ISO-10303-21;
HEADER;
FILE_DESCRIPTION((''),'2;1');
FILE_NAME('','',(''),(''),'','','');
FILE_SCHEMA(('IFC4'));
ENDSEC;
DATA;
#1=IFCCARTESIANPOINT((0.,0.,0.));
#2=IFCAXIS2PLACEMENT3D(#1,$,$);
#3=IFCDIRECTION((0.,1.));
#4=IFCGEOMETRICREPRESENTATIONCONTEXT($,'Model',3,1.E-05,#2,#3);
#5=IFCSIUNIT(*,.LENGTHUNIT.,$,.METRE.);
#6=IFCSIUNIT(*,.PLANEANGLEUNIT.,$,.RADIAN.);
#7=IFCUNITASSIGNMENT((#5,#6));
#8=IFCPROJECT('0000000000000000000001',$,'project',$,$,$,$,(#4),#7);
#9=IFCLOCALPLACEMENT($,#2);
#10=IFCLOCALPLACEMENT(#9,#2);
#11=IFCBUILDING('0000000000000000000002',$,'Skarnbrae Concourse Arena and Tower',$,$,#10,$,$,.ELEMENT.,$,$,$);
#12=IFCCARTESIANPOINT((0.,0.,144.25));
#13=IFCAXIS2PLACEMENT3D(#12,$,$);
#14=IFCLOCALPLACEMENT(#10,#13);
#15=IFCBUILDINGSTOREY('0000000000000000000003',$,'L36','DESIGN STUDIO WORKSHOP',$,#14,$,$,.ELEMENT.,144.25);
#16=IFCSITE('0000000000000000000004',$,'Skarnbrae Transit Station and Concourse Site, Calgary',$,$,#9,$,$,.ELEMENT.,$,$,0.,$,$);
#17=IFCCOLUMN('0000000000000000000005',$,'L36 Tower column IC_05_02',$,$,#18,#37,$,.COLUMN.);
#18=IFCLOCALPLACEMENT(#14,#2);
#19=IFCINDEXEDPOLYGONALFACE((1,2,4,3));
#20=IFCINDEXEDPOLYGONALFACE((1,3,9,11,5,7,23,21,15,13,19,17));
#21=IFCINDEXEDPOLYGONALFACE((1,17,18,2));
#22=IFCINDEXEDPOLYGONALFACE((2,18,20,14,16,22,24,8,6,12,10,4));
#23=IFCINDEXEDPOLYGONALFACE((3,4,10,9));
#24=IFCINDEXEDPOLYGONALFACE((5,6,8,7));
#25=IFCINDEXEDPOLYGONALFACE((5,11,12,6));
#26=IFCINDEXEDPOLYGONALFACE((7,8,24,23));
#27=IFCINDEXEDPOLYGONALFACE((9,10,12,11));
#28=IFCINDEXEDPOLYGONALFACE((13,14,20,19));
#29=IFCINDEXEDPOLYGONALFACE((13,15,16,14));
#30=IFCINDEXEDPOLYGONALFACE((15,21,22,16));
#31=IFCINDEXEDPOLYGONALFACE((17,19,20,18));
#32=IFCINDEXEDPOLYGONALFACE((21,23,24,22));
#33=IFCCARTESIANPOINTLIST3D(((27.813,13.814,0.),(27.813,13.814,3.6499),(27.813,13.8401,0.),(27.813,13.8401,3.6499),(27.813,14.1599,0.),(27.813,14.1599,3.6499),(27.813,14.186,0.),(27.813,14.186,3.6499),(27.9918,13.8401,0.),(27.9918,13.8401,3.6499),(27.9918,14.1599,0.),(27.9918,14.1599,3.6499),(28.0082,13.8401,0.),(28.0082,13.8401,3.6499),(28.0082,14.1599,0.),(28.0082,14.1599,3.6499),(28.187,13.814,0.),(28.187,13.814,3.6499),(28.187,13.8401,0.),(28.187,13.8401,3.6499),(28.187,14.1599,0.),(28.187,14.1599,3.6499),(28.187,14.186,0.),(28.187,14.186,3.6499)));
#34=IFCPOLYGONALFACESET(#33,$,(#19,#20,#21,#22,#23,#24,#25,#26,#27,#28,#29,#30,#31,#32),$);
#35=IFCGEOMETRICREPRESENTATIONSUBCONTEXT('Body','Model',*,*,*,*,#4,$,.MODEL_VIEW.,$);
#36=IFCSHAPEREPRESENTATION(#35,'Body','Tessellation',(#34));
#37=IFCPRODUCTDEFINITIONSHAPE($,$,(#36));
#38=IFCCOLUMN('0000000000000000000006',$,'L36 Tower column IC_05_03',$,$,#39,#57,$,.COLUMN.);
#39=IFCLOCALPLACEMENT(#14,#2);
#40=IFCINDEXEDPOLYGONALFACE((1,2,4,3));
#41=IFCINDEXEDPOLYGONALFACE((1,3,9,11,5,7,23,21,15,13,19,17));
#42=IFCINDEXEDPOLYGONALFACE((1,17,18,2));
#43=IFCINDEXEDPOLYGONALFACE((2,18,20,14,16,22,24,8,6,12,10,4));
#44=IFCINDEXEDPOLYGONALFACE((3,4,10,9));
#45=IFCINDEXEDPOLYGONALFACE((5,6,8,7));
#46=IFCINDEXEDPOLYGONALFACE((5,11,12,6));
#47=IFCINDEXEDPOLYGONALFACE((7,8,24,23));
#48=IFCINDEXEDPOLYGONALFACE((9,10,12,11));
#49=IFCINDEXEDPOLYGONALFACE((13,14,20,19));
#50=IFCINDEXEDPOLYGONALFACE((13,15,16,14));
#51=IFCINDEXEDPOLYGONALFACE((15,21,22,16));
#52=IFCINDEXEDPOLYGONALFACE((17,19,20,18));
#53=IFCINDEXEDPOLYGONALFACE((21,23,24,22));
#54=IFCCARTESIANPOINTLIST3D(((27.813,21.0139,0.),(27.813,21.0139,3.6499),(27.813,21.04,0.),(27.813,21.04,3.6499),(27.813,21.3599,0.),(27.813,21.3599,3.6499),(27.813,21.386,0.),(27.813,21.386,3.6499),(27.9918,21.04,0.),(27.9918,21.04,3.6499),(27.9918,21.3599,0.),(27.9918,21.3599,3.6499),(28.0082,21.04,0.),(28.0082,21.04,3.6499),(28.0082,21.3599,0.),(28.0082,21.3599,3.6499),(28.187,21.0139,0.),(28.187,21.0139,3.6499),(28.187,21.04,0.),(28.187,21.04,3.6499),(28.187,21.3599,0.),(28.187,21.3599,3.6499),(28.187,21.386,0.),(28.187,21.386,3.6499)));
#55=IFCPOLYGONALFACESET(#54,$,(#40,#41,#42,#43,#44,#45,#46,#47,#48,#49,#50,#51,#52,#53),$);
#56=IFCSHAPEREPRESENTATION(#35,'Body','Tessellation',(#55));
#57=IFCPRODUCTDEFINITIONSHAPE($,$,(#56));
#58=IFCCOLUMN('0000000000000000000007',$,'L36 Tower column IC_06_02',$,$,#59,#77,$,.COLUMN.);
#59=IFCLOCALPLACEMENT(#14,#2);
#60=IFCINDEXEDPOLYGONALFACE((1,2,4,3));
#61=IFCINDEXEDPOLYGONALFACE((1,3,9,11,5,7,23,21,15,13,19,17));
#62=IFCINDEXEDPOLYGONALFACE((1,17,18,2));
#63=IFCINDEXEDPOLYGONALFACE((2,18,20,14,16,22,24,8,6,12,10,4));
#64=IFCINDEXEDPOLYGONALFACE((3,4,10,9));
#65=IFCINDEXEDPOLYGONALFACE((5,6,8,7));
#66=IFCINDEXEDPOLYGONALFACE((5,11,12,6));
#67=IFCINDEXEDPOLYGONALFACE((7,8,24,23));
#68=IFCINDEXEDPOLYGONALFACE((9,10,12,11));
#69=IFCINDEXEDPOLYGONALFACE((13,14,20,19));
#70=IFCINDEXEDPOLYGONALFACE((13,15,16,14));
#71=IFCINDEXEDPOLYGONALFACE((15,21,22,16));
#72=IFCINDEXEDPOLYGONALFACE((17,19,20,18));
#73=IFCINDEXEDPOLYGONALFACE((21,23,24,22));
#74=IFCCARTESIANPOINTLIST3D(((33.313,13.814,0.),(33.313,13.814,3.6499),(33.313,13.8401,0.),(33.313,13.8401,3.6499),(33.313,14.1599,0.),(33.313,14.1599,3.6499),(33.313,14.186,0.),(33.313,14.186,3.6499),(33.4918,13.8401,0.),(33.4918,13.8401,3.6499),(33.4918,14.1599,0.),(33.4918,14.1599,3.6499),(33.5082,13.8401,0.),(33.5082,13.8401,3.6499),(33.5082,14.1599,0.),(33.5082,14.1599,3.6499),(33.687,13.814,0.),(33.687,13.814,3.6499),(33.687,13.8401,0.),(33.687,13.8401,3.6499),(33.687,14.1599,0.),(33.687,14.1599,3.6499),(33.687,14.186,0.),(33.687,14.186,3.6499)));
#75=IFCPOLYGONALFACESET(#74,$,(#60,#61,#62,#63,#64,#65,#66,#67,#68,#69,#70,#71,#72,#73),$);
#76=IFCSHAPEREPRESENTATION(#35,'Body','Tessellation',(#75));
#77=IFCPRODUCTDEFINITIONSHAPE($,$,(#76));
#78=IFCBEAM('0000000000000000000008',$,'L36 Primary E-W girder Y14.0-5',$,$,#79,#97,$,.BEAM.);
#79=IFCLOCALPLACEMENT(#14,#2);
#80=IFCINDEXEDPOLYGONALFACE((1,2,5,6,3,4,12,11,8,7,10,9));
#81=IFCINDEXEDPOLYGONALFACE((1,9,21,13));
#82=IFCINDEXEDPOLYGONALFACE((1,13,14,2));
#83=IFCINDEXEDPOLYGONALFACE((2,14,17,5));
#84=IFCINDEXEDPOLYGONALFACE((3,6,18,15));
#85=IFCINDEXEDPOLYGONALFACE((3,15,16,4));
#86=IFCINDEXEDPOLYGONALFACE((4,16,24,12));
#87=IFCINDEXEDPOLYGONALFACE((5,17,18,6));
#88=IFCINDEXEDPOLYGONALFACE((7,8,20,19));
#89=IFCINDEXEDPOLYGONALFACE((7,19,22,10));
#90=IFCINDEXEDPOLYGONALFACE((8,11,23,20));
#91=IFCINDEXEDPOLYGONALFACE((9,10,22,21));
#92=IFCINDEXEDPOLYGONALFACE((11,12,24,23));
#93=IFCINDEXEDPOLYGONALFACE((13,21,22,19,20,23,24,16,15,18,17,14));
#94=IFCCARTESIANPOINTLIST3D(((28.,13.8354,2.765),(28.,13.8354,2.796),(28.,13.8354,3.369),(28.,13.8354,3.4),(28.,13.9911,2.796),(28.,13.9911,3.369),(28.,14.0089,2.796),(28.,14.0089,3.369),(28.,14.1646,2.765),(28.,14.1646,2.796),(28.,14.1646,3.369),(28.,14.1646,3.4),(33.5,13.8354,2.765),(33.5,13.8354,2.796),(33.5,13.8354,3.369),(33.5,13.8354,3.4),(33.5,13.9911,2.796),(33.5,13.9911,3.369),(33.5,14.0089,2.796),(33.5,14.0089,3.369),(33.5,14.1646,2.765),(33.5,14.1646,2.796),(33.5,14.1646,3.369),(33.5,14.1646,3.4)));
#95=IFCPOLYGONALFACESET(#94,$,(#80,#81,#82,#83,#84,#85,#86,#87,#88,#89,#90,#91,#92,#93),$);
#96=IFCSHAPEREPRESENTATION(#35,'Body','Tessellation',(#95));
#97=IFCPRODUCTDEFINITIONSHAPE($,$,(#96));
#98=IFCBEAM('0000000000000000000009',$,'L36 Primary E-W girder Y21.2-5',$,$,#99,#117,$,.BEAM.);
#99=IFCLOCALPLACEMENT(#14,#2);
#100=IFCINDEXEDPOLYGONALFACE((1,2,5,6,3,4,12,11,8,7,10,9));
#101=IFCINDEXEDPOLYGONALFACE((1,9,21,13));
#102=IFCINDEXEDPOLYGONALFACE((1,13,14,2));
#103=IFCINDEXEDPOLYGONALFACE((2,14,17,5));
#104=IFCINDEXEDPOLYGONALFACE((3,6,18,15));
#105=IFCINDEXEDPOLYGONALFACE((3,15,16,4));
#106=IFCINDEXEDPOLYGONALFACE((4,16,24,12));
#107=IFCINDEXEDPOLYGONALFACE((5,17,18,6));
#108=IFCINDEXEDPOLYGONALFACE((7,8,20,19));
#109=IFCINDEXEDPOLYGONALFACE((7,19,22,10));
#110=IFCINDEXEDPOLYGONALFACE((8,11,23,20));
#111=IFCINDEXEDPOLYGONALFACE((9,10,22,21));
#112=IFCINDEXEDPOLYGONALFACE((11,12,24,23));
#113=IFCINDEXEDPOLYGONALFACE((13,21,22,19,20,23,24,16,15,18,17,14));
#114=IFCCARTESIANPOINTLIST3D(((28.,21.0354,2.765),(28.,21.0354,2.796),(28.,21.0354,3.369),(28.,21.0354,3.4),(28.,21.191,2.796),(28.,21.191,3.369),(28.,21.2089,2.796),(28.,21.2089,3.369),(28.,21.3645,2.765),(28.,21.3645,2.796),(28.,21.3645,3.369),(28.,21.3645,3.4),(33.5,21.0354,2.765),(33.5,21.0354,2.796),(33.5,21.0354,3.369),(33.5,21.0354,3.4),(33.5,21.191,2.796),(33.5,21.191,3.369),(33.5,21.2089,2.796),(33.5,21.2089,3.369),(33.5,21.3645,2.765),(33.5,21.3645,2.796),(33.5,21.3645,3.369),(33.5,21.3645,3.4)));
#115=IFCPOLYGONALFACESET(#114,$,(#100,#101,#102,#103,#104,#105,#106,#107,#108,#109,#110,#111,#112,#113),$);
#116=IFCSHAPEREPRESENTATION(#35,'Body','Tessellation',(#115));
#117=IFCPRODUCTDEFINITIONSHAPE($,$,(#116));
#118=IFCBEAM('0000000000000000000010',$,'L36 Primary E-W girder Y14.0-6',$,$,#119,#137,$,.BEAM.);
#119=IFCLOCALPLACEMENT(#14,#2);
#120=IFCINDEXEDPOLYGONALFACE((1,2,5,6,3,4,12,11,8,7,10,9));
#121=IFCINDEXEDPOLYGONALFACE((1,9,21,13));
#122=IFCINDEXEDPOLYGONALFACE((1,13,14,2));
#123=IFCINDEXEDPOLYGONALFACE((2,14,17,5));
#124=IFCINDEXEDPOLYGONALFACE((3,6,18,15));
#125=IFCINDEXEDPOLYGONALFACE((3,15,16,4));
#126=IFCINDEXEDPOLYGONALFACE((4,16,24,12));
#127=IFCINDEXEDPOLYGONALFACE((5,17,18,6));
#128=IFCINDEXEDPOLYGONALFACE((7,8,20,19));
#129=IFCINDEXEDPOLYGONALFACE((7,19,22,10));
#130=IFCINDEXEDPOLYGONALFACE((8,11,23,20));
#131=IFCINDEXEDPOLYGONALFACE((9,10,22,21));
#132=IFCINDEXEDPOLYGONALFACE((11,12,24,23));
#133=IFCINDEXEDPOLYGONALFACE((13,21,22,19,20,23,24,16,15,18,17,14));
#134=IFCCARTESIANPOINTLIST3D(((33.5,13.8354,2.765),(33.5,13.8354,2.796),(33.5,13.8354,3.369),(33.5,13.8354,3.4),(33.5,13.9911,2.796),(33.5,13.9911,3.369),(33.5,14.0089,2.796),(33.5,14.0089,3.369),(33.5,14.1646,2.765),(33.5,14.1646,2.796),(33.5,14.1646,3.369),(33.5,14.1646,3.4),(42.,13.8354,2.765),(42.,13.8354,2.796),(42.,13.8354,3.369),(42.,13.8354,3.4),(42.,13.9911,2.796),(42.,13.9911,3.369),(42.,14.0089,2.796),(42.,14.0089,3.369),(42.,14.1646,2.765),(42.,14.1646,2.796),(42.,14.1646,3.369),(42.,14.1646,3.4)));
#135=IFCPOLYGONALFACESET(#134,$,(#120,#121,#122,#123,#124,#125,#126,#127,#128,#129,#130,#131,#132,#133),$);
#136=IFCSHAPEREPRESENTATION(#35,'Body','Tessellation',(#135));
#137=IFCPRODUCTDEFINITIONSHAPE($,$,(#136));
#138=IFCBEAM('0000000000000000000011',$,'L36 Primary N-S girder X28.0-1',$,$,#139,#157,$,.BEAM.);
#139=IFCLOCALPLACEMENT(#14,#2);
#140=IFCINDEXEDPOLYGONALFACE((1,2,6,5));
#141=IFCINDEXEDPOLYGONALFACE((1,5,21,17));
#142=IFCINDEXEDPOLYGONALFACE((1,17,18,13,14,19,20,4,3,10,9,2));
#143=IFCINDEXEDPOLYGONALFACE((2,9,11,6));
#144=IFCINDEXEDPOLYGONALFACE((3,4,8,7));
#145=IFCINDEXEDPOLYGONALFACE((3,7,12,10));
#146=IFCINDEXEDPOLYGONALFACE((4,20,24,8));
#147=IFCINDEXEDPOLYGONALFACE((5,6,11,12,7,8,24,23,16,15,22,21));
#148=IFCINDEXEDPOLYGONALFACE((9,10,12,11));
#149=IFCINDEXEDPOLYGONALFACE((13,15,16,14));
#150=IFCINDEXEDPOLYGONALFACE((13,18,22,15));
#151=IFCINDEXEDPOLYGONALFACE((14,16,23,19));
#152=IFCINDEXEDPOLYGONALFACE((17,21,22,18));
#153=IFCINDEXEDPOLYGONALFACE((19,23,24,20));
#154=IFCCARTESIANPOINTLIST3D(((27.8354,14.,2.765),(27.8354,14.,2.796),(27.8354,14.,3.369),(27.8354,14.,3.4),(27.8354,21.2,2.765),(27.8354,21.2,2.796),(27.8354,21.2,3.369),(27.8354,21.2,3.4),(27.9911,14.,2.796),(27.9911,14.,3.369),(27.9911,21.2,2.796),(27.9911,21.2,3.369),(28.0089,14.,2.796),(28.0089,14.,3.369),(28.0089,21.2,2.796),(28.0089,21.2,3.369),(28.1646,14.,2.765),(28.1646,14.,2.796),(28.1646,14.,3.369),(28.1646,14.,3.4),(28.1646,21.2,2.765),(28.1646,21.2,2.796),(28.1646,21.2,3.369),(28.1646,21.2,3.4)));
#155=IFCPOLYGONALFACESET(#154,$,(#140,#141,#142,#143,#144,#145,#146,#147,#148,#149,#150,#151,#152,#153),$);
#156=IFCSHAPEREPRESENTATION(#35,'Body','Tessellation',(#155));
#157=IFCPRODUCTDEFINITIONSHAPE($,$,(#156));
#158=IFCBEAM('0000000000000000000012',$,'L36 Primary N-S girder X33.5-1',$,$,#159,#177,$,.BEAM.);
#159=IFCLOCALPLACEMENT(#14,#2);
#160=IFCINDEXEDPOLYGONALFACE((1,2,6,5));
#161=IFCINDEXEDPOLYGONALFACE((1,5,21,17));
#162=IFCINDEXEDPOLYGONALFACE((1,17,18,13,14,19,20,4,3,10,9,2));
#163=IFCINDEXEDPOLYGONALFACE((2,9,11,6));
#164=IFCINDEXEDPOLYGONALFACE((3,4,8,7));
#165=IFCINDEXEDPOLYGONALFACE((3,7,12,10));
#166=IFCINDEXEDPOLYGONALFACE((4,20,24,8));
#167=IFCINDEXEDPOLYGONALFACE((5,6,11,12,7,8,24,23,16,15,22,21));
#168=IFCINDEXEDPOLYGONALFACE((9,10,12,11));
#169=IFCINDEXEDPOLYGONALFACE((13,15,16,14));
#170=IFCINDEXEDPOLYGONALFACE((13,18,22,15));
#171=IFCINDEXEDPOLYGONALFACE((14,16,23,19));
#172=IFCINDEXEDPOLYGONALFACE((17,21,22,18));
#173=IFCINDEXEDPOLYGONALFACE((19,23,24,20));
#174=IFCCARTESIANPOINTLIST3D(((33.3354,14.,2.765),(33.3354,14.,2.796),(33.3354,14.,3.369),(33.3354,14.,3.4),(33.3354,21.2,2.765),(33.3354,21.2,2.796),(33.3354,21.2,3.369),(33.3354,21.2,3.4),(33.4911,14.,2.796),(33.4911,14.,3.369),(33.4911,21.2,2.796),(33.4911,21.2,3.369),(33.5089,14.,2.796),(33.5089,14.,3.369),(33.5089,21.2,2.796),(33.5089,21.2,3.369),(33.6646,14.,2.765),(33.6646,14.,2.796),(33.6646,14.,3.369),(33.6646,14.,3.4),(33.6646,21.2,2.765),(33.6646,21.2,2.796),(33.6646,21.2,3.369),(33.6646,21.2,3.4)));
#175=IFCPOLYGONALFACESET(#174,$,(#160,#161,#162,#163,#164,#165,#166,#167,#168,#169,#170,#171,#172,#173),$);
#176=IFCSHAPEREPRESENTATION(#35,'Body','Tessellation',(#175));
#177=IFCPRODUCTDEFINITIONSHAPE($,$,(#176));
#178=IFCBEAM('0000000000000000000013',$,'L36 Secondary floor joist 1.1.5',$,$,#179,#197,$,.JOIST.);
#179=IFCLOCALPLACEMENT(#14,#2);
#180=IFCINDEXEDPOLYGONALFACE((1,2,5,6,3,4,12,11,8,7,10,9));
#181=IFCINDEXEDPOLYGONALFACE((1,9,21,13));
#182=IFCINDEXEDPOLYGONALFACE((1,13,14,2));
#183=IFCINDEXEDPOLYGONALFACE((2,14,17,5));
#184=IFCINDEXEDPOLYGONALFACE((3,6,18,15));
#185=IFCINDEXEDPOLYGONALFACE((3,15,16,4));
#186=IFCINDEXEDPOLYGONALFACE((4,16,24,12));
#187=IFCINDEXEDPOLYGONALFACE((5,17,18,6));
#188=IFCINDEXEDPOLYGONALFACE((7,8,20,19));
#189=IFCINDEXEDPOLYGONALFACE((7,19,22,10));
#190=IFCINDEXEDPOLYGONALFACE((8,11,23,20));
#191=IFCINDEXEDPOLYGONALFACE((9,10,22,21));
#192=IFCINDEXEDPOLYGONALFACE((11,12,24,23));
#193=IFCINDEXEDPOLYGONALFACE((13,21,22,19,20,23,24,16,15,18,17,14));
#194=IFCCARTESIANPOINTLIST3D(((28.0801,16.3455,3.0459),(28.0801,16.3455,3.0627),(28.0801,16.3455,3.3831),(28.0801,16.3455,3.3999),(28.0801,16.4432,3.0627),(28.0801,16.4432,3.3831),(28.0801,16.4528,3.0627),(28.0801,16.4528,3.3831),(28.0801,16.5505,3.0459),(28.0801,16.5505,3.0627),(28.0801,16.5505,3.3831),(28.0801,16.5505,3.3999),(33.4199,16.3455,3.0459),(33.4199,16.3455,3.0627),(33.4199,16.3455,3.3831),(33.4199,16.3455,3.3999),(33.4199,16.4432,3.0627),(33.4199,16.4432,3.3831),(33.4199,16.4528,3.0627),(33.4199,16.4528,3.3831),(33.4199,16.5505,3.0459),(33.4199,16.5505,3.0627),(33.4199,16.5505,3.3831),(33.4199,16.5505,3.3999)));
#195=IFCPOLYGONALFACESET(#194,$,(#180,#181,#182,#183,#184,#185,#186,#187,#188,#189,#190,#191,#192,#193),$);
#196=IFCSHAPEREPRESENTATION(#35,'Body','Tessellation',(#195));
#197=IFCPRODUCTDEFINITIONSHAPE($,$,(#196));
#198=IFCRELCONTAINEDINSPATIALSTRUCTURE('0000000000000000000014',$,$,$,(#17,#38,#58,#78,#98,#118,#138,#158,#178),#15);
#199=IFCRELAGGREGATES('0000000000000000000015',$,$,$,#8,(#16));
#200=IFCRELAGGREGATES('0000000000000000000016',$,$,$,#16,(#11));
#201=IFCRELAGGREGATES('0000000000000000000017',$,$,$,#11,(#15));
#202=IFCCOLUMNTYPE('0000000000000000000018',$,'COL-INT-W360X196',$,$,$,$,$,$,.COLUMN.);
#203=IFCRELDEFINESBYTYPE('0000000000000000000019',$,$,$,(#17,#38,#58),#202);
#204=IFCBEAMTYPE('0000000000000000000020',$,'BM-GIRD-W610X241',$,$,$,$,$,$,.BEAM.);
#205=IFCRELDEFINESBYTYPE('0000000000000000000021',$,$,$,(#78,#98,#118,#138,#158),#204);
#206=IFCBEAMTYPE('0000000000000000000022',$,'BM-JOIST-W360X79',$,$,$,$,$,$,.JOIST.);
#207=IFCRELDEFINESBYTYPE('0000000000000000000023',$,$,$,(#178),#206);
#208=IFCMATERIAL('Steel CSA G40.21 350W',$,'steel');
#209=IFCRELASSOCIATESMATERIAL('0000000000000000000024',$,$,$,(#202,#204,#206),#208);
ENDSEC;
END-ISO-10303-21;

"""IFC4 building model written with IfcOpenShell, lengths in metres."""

from ifc_helpers import new_model, si_unit, direction, frame, origin, origin_2d, place, context, subcontext, project, spatial, i_section, extrude, source, transform, mapped, material, material_profile, profile_set, type_object, element, save


model = new_model("IFC4")

# Units and contexts
model_context = context("Model", 3, precision=1e-05, world=origin(), true_north=direction((0.0, 1.0)))
body_context = subcontext(model_context, "Body", "Model", "MODEL_VIEW")
ifc_project = project(units=[si_unit("LENGTHUNIT", "METRE"), si_unit("PLANEANGLEUNIT", "RADIAN")], contexts=[model_context])

# Site, building, storey
site_placement = place(None, origin())
site = spatial("IfcSite", under=ifc_project, at=site_placement, Name="Skarnbrae Transit Station and Concourse Site, Calgary", CompositionType="ELEMENT", RefElevation=0.0)
building_placement = place(site_placement, origin())
building = spatial("IfcBuilding", under=site, at=building_placement, Name="Skarnbrae Concourse Arena and Tower", CompositionType="ELEMENT")
storey_placement = place(building_placement, frame((0.0, 0.0, 144.25)))
storey = spatial("IfcBuildingStorey", under=building, at=storey_placement, Name="L36", Description="DESIGN STUDIO WORKSHOP", CompositionType="ELEMENT", Elevation=144.25)

# Columns
ifc_material_1 = material(Name="Steel CSA G40.21 350W", Category="steel")
ifc_material_profile_1 = material_profile(ifc_material_1, i_section(OverallWidth=0.374, OverallDepth=0.3721, WebThickness=0.0164, FlangeThickness=0.0261, at=origin_2d()), Name="W360X196")
ifc_profile_set_1 = profile_set([ifc_material_profile_1], Name="Steel CSA G40.21 350W")
column_type = type_object("IfcColumnType", Name="COL-INT-W360X196", PredefinedType="COLUMN", material=ifc_profile_set_1)
shared_shape_1 = source(origin(), body_context, "Body", "SweptSolid", [
    extrude(i_section(OverallWidth=0.374, OverallDepth=0.3721, WebThickness=0.0164, FlangeThickness=0.0261, at=origin_2d()), origin(), (0.0, 0.0, 1.0), 3.6499),
])
for number, where, z_axis, x_axis, name in (
    (1, (28.0, 14.0, 0.0), (0.0, 0.0, 1.0), (1.0, 0.0, 0.0), "L36 Tower column IC_05_02"),
    (2, (28.0, 21.2, 0.0), (0.0, 0.0, 1.0), (1.0, 0.0, 0.0), "L36 Tower column IC_05_03"),
    (3, (33.5, 14.0, 0.0), (0.0, 0.0, 1.0), (1.0, 0.0, 0.0), "L36 Tower column IC_06_02"),
):
    element("IfcColumn", number, at=place(storey_placement, frame(where, z_axis=z_axis, x_axis=x_axis)), inside=storey, type_object=column_type, Name=name, PredefinedType="COLUMN", context=body_context, shape_type="MappedRepresentation", body=[
        mapped(shared_shape_1, transform((0.0, 0.0, 0.0))),
    ])

# Beams
ifc_material_profile_2 = material_profile(ifc_material_1, i_section(OverallWidth=0.3291, OverallDepth=0.635, WebThickness=0.0178, FlangeThickness=0.031, at=origin_2d()), Name="W610X241")
ifc_profile_set_2 = profile_set([ifc_material_profile_2], Name="Steel CSA G40.21 350W")
beam_type_1 = type_object("IfcBeamType", Name="BM-GIRD-W610X241", PredefinedType="BEAM", material=ifc_profile_set_2)
shared_shape_2 = source(origin(), body_context, "Body", "SweptSolid", [
    extrude(i_section(OverallWidth=0.3291, OverallDepth=0.635, WebThickness=0.0178, FlangeThickness=0.031, at=origin_2d()), origin(), (0.0, 0.0, 1.0), 5.5),
])
for number, where, z_axis, x_axis, name in (
    (4, (28.0, 14.0, 3.0825), (1.0, 0.0, 0.0), (0.0, 1.0, 0.0), "L36 Primary E-W girder Y14.0-5"),
    (5, (28.0, 21.2, 3.0825), (1.0, 0.0, 0.0), (0.0, 1.0, 0.0), "L36 Primary E-W girder Y21.2-5"),
):
    element("IfcBeam", number, at=place(storey_placement, frame(where, z_axis=z_axis, x_axis=x_axis)), inside=storey, type_object=beam_type_1, Name=name, PredefinedType="BEAM", context=body_context, shape_type="MappedRepresentation", body=[
        mapped(shared_shape_2, transform((0.0, 0.0, 0.0))),
    ])
shared_shape_3 = source(origin(), body_context, "Body", "SweptSolid", [
    extrude(i_section(OverallWidth=0.3291, OverallDepth=0.635, WebThickness=0.0178, FlangeThickness=0.031, at=origin_2d()), origin(), (0.0, 0.0, 1.0), 8.5),
])
beam_placement = place(storey_placement, frame((33.5, 14.0, 3.0825), z_axis=(1.0, 0.0, 0.0), x_axis=(0.0, 1.0, 0.0)))
element("IfcBeam", 6, at=beam_placement, inside=storey, type_object=beam_type_1, Name="L36 Primary E-W girder Y14.0-6", PredefinedType="BEAM", context=body_context, shape_type="MappedRepresentation", body=[
    mapped(shared_shape_3, transform((0.0, 0.0, 0.0))),
])
shared_shape_4 = source(origin(), body_context, "Body", "SweptSolid", [
    extrude(i_section(OverallWidth=0.3291, OverallDepth=0.635, WebThickness=0.0178, FlangeThickness=0.031, at=origin_2d()), origin(), (0.0, 0.0, 1.0), 7.2),
])
for number, where, z_axis, x_axis, name in (
    (7, (28.0, 14.0, 3.0825), (0.0, 1.0, 0.0), (-1.0, 0.0, 0.0), "L36 Primary N-S girder X28.0-1"),
    (8, (33.5, 14.0, 3.0825), (0.0, 1.0, 0.0), (-1.0, 0.0, 0.0), "L36 Primary N-S girder X33.5-1"),
):
    element("IfcBeam", number, at=place(storey_placement, frame(where, z_axis=z_axis, x_axis=x_axis)), inside=storey, type_object=beam_type_1, Name=name, PredefinedType="BEAM", context=body_context, shape_type="MappedRepresentation", body=[
        mapped(shared_shape_4, transform((0.0, 0.0, 0.0))),
    ])
ifc_material_profile_3 = material_profile(ifc_material_1, i_section(OverallWidth=0.2051, OverallDepth=0.354, WebThickness=0.0095, FlangeThickness=0.0168, at=origin_2d()), Name="W360X79")
ifc_profile_set_3 = profile_set([ifc_material_profile_3], Name="Steel CSA G40.21 350W")
beam_type_2 = type_object("IfcBeamType", Name="BM-JOIST-W360X79", PredefinedType="JOIST", material=ifc_profile_set_3)
shared_shape_5 = source(origin(), body_context, "Body", "SweptSolid", [
    extrude(i_section(OverallWidth=0.2051, OverallDepth=0.354, WebThickness=0.0095, FlangeThickness=0.0168, at=origin_2d()), origin(), (0.0, 0.0, 1.0), 5.3398),
])
for number, where, z_axis, x_axis, name in (
    (9, (28.0801, 16.448, 3.2229), (1.0, 0.0, 0.0), (0.0, 1.0, 0.0), "L36 Secondary floor joist 1.1.5"),
):
    element("IfcBeam", number, at=place(storey_placement, frame(where, z_axis=z_axis, x_axis=x_axis)), inside=storey, type_object=beam_type_2, Name=name, PredefinedType="JOIST", context=body_context, shape_type="MappedRepresentation", body=[
        mapped(shared_shape_5, transform((0.0, 0.0, 0.0))),
    ])

save(model, "model.ifc")
